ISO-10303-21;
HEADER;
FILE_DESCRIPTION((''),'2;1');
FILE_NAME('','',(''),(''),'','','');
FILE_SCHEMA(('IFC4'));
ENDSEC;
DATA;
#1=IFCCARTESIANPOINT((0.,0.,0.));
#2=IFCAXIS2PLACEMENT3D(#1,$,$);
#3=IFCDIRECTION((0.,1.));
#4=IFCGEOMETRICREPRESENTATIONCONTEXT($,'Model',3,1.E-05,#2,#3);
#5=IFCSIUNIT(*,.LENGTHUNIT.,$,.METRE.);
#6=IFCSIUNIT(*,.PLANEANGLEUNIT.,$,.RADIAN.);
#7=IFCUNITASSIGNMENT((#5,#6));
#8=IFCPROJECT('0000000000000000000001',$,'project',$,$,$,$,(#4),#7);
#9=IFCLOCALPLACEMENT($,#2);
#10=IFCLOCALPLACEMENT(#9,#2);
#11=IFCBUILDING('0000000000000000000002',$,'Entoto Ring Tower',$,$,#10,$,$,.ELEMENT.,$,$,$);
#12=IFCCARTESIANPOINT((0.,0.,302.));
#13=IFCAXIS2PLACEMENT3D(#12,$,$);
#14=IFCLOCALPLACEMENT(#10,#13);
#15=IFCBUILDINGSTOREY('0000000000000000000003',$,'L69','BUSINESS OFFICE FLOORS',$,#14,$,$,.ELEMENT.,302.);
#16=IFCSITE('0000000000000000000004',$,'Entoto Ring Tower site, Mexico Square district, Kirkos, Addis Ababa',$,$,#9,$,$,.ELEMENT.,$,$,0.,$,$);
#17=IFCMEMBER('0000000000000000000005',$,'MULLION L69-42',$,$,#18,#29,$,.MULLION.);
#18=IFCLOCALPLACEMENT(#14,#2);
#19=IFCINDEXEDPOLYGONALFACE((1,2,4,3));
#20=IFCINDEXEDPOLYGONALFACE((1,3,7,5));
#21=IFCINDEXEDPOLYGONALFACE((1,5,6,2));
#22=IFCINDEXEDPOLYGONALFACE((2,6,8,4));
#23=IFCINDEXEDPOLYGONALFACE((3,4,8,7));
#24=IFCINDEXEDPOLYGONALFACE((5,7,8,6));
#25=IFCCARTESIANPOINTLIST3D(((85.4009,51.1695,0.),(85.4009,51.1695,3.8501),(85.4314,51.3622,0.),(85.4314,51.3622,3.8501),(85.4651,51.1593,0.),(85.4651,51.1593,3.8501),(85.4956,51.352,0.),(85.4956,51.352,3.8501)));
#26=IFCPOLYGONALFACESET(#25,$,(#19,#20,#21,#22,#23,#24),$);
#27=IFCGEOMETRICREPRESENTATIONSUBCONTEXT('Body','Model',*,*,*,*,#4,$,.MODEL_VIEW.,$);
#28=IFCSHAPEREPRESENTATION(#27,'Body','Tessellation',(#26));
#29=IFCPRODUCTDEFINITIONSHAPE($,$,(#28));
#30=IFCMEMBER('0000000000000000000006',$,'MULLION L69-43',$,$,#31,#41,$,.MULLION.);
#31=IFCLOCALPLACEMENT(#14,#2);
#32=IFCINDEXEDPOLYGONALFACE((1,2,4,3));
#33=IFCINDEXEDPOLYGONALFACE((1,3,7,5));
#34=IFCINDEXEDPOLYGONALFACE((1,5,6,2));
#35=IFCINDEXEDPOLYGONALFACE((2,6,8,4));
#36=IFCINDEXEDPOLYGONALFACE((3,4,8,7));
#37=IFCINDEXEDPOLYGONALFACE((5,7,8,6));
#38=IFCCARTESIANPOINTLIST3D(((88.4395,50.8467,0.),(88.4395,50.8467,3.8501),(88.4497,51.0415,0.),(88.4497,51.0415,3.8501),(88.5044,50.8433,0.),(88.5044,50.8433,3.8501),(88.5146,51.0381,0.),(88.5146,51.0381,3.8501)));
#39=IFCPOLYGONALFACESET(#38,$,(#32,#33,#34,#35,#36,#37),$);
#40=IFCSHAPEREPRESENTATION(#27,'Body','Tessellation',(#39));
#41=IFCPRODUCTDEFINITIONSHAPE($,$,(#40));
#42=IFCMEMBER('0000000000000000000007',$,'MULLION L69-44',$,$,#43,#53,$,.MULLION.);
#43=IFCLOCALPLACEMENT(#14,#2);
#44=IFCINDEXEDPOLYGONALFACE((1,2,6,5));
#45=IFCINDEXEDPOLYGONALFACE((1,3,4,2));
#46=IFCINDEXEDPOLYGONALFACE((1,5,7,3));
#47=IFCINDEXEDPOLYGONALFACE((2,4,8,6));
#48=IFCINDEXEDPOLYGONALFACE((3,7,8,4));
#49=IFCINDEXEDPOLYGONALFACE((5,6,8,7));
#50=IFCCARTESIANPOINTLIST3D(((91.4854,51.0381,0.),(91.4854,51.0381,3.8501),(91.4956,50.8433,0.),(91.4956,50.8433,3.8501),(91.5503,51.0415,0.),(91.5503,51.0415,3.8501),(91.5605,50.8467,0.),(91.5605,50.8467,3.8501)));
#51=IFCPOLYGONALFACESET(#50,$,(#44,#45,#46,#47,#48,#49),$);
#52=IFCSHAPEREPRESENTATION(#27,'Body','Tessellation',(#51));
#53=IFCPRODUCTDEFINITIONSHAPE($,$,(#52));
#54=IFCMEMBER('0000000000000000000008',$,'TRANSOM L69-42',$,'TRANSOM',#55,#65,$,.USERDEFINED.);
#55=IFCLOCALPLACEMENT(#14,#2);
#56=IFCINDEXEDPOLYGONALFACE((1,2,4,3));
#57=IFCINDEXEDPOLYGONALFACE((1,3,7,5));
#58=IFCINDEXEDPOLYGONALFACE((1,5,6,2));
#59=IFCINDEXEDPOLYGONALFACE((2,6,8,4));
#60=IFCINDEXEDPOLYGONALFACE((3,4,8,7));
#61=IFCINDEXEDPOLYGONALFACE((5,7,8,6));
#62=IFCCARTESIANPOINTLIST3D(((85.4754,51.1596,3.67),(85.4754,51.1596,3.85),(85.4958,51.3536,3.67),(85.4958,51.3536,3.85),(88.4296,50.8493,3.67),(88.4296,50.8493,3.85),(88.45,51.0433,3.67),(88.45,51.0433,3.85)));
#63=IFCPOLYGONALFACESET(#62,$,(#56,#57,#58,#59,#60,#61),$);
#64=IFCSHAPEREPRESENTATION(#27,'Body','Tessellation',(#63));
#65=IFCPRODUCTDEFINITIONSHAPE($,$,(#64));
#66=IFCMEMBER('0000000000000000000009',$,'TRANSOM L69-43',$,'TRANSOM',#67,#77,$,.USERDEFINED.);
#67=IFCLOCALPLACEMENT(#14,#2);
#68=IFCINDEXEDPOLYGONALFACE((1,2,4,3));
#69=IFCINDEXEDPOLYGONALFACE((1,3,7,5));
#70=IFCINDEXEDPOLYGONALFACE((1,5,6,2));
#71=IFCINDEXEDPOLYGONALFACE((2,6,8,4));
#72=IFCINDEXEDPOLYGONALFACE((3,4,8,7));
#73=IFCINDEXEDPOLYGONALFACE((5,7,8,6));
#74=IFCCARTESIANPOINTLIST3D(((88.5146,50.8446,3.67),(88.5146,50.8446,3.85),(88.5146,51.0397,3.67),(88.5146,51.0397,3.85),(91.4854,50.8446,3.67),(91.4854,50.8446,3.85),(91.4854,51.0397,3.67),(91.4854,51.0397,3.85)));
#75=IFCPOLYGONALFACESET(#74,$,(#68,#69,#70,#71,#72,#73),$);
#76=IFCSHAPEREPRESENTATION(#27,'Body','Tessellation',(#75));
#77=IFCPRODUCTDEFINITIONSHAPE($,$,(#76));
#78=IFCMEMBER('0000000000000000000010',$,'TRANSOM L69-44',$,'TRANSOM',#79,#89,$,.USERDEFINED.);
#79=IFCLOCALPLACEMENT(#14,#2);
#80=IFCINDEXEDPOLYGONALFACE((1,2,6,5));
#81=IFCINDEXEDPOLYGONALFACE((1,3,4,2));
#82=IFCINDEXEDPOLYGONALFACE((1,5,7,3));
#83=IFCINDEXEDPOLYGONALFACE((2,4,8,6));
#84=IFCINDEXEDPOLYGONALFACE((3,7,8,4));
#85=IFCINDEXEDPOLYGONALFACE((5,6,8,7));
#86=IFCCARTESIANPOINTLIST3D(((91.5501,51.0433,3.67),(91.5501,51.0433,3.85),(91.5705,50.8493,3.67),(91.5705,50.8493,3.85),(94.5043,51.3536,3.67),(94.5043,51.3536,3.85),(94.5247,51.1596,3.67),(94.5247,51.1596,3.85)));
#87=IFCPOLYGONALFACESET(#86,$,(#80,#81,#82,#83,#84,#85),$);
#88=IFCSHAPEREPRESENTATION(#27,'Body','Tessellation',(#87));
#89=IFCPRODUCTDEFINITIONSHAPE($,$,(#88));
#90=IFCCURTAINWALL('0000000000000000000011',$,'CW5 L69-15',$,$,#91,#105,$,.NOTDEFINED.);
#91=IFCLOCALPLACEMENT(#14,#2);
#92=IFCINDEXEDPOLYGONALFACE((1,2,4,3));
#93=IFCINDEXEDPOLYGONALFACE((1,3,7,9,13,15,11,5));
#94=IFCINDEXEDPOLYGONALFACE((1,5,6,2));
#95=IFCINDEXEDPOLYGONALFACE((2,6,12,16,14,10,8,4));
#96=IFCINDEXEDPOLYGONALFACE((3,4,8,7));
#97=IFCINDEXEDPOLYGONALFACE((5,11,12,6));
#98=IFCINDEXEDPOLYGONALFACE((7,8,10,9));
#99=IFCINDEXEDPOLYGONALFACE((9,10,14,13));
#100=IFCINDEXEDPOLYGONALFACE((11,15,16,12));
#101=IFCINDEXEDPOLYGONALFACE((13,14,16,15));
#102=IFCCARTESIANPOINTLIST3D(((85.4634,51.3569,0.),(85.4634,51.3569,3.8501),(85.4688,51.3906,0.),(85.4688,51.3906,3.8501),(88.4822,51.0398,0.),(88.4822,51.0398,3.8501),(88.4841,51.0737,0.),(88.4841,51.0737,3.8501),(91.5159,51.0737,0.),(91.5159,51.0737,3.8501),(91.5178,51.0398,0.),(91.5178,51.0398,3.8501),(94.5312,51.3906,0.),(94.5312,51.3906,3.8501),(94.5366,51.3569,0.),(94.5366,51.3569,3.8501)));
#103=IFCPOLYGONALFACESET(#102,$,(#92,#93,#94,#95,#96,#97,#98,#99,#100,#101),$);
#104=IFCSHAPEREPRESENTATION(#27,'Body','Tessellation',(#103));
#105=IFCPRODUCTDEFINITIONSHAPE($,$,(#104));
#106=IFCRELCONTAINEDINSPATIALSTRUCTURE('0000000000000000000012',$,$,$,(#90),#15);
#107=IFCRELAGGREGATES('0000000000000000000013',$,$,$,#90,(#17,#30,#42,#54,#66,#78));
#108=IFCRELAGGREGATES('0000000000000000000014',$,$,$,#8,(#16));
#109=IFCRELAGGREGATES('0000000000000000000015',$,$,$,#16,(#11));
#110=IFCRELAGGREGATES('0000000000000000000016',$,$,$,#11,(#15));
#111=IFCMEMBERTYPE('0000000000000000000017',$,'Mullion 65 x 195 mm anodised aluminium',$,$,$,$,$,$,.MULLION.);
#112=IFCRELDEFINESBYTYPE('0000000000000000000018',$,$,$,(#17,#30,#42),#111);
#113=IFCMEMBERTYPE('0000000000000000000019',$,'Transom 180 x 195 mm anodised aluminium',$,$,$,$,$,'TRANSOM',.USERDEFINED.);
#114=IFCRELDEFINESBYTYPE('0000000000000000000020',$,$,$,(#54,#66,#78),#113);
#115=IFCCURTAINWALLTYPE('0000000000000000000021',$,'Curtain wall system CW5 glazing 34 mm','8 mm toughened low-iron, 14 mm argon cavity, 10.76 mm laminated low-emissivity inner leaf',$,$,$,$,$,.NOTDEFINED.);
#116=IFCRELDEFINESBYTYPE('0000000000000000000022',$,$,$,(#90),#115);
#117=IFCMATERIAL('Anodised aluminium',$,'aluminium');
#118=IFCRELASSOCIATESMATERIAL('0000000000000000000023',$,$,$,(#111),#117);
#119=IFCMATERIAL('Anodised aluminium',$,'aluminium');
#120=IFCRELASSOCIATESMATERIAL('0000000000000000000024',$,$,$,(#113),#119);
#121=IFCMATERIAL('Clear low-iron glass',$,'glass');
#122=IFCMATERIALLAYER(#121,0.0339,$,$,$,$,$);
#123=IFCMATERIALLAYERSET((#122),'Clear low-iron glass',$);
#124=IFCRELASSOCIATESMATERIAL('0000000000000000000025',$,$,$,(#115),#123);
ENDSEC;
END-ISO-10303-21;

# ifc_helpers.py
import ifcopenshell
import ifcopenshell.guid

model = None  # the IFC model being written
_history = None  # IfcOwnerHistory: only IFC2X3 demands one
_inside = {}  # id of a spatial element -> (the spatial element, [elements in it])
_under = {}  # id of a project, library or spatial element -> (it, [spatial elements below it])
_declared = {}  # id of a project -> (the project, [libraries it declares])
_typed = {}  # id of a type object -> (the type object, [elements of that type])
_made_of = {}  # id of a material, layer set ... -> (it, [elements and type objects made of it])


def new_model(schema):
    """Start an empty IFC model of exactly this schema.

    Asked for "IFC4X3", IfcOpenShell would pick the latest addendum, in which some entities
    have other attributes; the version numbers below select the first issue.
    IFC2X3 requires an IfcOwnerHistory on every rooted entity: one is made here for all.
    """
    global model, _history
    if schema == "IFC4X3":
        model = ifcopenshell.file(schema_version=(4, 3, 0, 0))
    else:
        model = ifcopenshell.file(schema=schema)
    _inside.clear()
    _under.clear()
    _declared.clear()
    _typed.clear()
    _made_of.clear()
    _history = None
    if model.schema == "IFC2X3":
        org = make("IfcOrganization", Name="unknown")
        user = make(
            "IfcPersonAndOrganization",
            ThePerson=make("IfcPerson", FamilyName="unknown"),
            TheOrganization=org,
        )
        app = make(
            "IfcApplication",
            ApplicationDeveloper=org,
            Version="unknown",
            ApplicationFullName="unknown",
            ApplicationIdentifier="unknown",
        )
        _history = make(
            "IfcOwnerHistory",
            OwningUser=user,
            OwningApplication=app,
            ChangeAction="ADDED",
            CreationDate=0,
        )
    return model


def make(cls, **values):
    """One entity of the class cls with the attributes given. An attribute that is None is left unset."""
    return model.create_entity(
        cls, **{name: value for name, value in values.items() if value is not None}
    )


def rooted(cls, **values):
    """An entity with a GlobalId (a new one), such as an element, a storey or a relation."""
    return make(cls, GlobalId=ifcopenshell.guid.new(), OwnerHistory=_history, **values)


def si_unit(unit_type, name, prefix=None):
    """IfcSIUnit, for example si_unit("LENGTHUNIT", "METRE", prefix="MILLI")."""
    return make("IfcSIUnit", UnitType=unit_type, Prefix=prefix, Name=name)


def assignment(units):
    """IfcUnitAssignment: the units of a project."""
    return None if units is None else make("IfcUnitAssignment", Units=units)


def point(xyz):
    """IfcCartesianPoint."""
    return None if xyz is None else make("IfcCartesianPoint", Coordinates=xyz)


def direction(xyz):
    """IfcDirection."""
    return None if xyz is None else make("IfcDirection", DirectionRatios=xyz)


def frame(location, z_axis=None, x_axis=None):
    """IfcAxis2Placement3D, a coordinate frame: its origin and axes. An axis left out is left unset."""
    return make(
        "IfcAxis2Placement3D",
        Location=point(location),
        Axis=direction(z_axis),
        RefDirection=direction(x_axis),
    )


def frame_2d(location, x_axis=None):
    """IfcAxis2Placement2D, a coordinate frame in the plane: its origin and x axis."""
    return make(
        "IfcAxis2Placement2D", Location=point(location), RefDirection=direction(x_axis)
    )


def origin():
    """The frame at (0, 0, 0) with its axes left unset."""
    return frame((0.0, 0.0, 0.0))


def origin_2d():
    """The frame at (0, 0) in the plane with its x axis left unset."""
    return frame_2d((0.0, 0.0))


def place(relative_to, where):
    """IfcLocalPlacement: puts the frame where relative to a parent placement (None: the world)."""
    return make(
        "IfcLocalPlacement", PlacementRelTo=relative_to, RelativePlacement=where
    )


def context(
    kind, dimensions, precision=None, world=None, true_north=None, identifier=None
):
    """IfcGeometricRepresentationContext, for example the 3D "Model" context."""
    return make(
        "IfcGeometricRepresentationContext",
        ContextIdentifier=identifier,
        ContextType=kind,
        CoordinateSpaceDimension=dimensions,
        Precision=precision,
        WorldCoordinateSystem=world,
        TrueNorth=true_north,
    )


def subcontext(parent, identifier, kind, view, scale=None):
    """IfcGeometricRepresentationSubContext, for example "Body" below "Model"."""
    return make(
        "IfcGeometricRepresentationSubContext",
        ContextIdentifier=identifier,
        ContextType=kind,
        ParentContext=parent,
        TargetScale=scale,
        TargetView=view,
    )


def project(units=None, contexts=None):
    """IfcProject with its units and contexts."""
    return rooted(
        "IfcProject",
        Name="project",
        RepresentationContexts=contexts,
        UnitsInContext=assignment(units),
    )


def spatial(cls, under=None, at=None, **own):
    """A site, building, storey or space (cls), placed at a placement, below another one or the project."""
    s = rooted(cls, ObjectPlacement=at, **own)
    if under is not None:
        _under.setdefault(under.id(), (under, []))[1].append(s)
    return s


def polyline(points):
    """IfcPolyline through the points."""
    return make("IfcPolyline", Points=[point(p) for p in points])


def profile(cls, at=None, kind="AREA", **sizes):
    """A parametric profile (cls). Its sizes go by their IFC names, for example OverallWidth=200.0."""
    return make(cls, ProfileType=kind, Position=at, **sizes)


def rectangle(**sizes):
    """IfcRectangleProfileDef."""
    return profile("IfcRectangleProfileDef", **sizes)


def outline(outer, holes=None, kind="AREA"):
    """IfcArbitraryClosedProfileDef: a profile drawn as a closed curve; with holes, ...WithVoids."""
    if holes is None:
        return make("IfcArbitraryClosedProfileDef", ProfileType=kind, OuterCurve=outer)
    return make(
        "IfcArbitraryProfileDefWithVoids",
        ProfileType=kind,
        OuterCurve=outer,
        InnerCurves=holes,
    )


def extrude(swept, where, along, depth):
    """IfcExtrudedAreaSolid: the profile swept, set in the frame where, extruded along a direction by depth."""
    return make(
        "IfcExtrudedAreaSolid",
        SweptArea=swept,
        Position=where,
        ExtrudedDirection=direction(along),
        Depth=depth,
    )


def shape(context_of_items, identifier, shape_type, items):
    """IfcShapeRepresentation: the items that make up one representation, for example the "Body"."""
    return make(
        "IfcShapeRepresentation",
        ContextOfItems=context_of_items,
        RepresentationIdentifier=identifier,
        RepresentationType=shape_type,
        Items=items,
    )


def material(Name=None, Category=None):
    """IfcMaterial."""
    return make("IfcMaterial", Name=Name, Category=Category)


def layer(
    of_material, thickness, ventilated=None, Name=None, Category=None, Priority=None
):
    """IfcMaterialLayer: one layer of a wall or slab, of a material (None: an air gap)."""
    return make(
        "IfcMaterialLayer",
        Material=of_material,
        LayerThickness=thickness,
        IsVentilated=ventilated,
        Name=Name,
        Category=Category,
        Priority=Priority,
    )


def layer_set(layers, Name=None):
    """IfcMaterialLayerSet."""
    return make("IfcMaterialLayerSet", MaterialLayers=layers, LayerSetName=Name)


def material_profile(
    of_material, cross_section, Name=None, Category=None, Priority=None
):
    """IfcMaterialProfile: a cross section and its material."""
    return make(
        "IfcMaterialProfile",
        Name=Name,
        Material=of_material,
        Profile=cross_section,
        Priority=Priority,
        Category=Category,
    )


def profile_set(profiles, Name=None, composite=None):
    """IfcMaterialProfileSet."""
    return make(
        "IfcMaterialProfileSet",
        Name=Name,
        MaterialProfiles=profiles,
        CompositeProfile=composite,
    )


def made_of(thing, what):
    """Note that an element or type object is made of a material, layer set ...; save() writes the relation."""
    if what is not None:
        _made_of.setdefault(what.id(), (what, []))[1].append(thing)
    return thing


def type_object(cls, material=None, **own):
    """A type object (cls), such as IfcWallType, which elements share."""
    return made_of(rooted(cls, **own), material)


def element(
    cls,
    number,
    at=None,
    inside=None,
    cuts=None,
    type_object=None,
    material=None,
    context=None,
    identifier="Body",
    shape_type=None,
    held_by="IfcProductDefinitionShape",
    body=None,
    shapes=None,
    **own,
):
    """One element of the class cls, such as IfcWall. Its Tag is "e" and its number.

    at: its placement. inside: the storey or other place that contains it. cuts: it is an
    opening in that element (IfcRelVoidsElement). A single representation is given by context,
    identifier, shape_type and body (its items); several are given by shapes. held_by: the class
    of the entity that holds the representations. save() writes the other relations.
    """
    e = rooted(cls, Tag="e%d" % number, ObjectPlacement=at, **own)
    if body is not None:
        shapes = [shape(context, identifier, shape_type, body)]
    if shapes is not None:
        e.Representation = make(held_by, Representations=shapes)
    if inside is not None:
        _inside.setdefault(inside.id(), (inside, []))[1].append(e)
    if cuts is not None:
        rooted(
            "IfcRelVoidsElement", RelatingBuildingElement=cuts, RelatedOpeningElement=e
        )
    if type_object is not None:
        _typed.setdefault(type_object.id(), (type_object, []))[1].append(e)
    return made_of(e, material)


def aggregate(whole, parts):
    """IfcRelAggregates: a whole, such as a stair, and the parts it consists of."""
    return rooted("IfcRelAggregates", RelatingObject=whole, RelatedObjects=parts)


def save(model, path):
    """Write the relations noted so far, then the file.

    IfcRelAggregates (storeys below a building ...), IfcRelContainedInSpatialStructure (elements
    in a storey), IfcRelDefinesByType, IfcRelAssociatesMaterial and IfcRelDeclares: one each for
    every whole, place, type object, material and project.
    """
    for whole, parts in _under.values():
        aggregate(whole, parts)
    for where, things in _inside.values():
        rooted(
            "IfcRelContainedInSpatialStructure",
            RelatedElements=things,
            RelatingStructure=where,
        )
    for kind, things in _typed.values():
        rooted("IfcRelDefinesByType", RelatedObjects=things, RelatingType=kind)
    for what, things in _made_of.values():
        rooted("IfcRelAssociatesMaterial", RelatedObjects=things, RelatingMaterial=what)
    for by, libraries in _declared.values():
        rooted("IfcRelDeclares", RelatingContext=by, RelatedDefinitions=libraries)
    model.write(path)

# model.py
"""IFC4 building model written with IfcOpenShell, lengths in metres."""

from ifc_helpers import new_model, si_unit, direction, frame, origin, origin_2d, place, context, subcontext, project, spatial, polyline, rectangle, outline, extrude, material, layer, layer_set, material_profile, profile_set, type_object, element, aggregate, save


model = new_model("IFC4")

# Units and contexts
model_context = context("Model", 3, precision=1e-05, world=origin(), true_north=direction((0.0, 1.0)))
body_context = subcontext(model_context, "Body", "Model", "MODEL_VIEW")
ifc_project = project(units=[si_unit("LENGTHUNIT", "METRE"), si_unit("PLANEANGLEUNIT", "RADIAN")], contexts=[model_context])

# Members
ifc_material_1 = material(Name="Anodised aluminium", Category="aluminium")
ifc_material_profile_1 = material_profile(ifc_material_1, rectangle(XDim=0.0649, YDim=0.1951, at=origin_2d()), Name="Mullion 65 x 195 mm anodised aluminium")
ifc_profile_set_1 = profile_set([ifc_material_profile_1], Name="Anodised aluminium")
member_type_1 = type_object("IfcMemberType", Name="Mullion 65 x 195 mm anodised aluminium", PredefinedType="MULLION", material=ifc_profile_set_1)
site_placement = place(None, origin())
building_placement = place(site_placement, origin())
storey_placement = place(building_placement, frame((0.0, 0.0, 302.0)))
member_1_placement = place(storey_placement, frame((85.4482, 51.2607, 0.0), z_axis=(0.0, 0.0, 1.0), x_axis=(0.987688, -0.156434, 0.0)))
member_1 = element("IfcMember", 1, at=member_1_placement, type_object=member_type_1, Name="MULLION L69-42", PredefinedType="MULLION", context=body_context, shape_type="SweptSolid", body=[
    extrude(rectangle(XDim=0.0649, YDim=0.1951, at=origin_2d()), origin(), (0.0, 0.0, 1.0), 3.8501),
])
member_2_placement = place(storey_placement, frame((88.4771, 50.9424, 0.0), z_axis=(0.0, 0.0, 1.0), x_axis=(0.99863, -0.052336, 0.0)))
member_2 = element("IfcMember", 2, at=member_2_placement, type_object=member_type_1, Name="MULLION L69-43", PredefinedType="MULLION", context=body_context, shape_type="SweptSolid", body=[
    extrude(rectangle(XDim=0.0649, YDim=0.1951, at=origin_2d()), origin(), (0.0, 0.0, 1.0), 3.8501),
])
member_3_placement = place(storey_placement, frame((91.5229, 50.9424, 0.0), z_axis=(0.0, 0.0, 1.0), x_axis=(0.99863, 0.052336, 0.0)))
member_3 = element("IfcMember", 3, at=member_3_placement, type_object=member_type_1, Name="MULLION L69-44", PredefinedType="MULLION", context=body_context, shape_type="SweptSolid", body=[
    extrude(rectangle(XDim=0.0649, YDim=0.1951, at=origin_2d()), origin(), (0.0, 0.0, 1.0), 3.8501),
])
ifc_material_2 = material(Name="Anodised aluminium", Category="aluminium")
ifc_material_profile_2 = material_profile(ifc_material_2, rectangle(XDim=0.1951, YDim=0.1799, at=origin_2d()), Name="Transom 180 x 195 mm anodised aluminium")
ifc_profile_set_2 = profile_set([ifc_material_profile_2], Name="Anodised aluminium")
member_type_2 = type_object("IfcMemberType", Name="Transom 180 x 195 mm anodised aluminium", ElementType="TRANSOM", PredefinedType="USERDEFINED", material=ifc_profile_set_2)
member_4_placement = place(storey_placement, frame((85.4856, 51.2566, 3.76), z_axis=(0.994528, -0.104467, 0.0), x_axis=(0.104467, 0.994528, 0.0)))
member_4 = element("IfcMember", 4, at=member_4_placement, type_object=member_type_2, Name="TRANSOM L69-42", ObjectType="TRANSOM", PredefinedType="USERDEFINED", context=body_context, shape_type="SweptSolid", body=[
    extrude(rectangle(XDim=0.1951, YDim=0.1799, at=origin_2d()), origin(), (0.0, 0.0, 1.0), 2.9705),
])
member_5_placement = place(storey_placement, frame((88.5146, 50.9421, 3.76), z_axis=(1.0, 0.0, 0.0), x_axis=(0.0, 1.0, 0.0)))
member_5 = element("IfcMember", 5, at=member_5_placement, type_object=member_type_2, Name="TRANSOM L69-43", ObjectType="TRANSOM", PredefinedType="USERDEFINED", context=body_context, shape_type="SweptSolid", body=[
    extrude(rectangle(XDim=0.1951, YDim=0.1799, at=origin_2d()), origin(), (0.0, 0.0, 1.0), 2.9707),
])
member_6_placement = place(storey_placement, frame((91.5603, 50.9463, 3.76), z_axis=(0.994528, 0.104467, 0.0), x_axis=(-0.104467, 0.994528, 0.0)))
member_6 = element("IfcMember", 6, at=member_6_placement, type_object=member_type_2, Name="TRANSOM L69-44", ObjectType="TRANSOM", PredefinedType="USERDEFINED", context=body_context, shape_type="SweptSolid", body=[
    extrude(rectangle(XDim=0.1951, YDim=0.1799, at=origin_2d()), origin(), (0.0, 0.0, 1.0), 2.9705),
])

# Site, building, storey
site = spatial("IfcSite", under=ifc_project, at=site_placement, Name="Entoto Ring Tower site, Mexico Square district, Kirkos, Addis Ababa", CompositionType="ELEMENT", RefElevation=0.0)
building = spatial("IfcBuilding", under=site, at=building_placement, Name="Entoto Ring Tower", CompositionType="ELEMENT")
storey = spatial("IfcBuildingStorey", under=building, at=storey_placement, Name="L69", Description="BUSINESS OFFICE FLOORS", CompositionType="ELEMENT", Elevation=302.0)

# Curtain wall
ifc_material_3 = material(Name="Clear low-iron glass", Category="glass")
ifc_layer = layer(ifc_material_3, 0.0339)
ifc_layer_set = layer_set([ifc_layer], Name="Clear low-iron glass")
curtain_wall_type = type_object("IfcCurtainWallType", Name="Curtain wall system CW5 glazing 34 mm", Description="8 mm toughened low-iron, 14 mm argon cavity, 10.76 mm laminated low-emissivity inner leaf", PredefinedType="NOTDEFINED", material=ifc_layer_set)
curtain_wall_1_placement = place(storey_placement, origin())
curtain_wall_1 = element("IfcCurtainWall", 7, at=curtain_wall_1_placement, inside=storey, type_object=curtain_wall_type, Name="CW5 L69-15", PredefinedType="NOTDEFINED", context=body_context, shape_type="SweptSolid", body=[
    extrude(outline(polyline([(85.4634, 51.3569), (88.4822, 51.0398), (91.5178, 51.0398), (94.5366, 51.3569), (94.5312, 51.3906), (91.5159, 51.0737), (88.4841, 51.0737), (85.4688, 51.3906), (85.4634, 51.3569)])), origin(), (0.0, 0.0, 1.0), 3.8501),
])
aggregate(curtain_wall_1, [member_1, member_2, member_3, member_4, member_5, member_6])

save(model, "model.ifc")
